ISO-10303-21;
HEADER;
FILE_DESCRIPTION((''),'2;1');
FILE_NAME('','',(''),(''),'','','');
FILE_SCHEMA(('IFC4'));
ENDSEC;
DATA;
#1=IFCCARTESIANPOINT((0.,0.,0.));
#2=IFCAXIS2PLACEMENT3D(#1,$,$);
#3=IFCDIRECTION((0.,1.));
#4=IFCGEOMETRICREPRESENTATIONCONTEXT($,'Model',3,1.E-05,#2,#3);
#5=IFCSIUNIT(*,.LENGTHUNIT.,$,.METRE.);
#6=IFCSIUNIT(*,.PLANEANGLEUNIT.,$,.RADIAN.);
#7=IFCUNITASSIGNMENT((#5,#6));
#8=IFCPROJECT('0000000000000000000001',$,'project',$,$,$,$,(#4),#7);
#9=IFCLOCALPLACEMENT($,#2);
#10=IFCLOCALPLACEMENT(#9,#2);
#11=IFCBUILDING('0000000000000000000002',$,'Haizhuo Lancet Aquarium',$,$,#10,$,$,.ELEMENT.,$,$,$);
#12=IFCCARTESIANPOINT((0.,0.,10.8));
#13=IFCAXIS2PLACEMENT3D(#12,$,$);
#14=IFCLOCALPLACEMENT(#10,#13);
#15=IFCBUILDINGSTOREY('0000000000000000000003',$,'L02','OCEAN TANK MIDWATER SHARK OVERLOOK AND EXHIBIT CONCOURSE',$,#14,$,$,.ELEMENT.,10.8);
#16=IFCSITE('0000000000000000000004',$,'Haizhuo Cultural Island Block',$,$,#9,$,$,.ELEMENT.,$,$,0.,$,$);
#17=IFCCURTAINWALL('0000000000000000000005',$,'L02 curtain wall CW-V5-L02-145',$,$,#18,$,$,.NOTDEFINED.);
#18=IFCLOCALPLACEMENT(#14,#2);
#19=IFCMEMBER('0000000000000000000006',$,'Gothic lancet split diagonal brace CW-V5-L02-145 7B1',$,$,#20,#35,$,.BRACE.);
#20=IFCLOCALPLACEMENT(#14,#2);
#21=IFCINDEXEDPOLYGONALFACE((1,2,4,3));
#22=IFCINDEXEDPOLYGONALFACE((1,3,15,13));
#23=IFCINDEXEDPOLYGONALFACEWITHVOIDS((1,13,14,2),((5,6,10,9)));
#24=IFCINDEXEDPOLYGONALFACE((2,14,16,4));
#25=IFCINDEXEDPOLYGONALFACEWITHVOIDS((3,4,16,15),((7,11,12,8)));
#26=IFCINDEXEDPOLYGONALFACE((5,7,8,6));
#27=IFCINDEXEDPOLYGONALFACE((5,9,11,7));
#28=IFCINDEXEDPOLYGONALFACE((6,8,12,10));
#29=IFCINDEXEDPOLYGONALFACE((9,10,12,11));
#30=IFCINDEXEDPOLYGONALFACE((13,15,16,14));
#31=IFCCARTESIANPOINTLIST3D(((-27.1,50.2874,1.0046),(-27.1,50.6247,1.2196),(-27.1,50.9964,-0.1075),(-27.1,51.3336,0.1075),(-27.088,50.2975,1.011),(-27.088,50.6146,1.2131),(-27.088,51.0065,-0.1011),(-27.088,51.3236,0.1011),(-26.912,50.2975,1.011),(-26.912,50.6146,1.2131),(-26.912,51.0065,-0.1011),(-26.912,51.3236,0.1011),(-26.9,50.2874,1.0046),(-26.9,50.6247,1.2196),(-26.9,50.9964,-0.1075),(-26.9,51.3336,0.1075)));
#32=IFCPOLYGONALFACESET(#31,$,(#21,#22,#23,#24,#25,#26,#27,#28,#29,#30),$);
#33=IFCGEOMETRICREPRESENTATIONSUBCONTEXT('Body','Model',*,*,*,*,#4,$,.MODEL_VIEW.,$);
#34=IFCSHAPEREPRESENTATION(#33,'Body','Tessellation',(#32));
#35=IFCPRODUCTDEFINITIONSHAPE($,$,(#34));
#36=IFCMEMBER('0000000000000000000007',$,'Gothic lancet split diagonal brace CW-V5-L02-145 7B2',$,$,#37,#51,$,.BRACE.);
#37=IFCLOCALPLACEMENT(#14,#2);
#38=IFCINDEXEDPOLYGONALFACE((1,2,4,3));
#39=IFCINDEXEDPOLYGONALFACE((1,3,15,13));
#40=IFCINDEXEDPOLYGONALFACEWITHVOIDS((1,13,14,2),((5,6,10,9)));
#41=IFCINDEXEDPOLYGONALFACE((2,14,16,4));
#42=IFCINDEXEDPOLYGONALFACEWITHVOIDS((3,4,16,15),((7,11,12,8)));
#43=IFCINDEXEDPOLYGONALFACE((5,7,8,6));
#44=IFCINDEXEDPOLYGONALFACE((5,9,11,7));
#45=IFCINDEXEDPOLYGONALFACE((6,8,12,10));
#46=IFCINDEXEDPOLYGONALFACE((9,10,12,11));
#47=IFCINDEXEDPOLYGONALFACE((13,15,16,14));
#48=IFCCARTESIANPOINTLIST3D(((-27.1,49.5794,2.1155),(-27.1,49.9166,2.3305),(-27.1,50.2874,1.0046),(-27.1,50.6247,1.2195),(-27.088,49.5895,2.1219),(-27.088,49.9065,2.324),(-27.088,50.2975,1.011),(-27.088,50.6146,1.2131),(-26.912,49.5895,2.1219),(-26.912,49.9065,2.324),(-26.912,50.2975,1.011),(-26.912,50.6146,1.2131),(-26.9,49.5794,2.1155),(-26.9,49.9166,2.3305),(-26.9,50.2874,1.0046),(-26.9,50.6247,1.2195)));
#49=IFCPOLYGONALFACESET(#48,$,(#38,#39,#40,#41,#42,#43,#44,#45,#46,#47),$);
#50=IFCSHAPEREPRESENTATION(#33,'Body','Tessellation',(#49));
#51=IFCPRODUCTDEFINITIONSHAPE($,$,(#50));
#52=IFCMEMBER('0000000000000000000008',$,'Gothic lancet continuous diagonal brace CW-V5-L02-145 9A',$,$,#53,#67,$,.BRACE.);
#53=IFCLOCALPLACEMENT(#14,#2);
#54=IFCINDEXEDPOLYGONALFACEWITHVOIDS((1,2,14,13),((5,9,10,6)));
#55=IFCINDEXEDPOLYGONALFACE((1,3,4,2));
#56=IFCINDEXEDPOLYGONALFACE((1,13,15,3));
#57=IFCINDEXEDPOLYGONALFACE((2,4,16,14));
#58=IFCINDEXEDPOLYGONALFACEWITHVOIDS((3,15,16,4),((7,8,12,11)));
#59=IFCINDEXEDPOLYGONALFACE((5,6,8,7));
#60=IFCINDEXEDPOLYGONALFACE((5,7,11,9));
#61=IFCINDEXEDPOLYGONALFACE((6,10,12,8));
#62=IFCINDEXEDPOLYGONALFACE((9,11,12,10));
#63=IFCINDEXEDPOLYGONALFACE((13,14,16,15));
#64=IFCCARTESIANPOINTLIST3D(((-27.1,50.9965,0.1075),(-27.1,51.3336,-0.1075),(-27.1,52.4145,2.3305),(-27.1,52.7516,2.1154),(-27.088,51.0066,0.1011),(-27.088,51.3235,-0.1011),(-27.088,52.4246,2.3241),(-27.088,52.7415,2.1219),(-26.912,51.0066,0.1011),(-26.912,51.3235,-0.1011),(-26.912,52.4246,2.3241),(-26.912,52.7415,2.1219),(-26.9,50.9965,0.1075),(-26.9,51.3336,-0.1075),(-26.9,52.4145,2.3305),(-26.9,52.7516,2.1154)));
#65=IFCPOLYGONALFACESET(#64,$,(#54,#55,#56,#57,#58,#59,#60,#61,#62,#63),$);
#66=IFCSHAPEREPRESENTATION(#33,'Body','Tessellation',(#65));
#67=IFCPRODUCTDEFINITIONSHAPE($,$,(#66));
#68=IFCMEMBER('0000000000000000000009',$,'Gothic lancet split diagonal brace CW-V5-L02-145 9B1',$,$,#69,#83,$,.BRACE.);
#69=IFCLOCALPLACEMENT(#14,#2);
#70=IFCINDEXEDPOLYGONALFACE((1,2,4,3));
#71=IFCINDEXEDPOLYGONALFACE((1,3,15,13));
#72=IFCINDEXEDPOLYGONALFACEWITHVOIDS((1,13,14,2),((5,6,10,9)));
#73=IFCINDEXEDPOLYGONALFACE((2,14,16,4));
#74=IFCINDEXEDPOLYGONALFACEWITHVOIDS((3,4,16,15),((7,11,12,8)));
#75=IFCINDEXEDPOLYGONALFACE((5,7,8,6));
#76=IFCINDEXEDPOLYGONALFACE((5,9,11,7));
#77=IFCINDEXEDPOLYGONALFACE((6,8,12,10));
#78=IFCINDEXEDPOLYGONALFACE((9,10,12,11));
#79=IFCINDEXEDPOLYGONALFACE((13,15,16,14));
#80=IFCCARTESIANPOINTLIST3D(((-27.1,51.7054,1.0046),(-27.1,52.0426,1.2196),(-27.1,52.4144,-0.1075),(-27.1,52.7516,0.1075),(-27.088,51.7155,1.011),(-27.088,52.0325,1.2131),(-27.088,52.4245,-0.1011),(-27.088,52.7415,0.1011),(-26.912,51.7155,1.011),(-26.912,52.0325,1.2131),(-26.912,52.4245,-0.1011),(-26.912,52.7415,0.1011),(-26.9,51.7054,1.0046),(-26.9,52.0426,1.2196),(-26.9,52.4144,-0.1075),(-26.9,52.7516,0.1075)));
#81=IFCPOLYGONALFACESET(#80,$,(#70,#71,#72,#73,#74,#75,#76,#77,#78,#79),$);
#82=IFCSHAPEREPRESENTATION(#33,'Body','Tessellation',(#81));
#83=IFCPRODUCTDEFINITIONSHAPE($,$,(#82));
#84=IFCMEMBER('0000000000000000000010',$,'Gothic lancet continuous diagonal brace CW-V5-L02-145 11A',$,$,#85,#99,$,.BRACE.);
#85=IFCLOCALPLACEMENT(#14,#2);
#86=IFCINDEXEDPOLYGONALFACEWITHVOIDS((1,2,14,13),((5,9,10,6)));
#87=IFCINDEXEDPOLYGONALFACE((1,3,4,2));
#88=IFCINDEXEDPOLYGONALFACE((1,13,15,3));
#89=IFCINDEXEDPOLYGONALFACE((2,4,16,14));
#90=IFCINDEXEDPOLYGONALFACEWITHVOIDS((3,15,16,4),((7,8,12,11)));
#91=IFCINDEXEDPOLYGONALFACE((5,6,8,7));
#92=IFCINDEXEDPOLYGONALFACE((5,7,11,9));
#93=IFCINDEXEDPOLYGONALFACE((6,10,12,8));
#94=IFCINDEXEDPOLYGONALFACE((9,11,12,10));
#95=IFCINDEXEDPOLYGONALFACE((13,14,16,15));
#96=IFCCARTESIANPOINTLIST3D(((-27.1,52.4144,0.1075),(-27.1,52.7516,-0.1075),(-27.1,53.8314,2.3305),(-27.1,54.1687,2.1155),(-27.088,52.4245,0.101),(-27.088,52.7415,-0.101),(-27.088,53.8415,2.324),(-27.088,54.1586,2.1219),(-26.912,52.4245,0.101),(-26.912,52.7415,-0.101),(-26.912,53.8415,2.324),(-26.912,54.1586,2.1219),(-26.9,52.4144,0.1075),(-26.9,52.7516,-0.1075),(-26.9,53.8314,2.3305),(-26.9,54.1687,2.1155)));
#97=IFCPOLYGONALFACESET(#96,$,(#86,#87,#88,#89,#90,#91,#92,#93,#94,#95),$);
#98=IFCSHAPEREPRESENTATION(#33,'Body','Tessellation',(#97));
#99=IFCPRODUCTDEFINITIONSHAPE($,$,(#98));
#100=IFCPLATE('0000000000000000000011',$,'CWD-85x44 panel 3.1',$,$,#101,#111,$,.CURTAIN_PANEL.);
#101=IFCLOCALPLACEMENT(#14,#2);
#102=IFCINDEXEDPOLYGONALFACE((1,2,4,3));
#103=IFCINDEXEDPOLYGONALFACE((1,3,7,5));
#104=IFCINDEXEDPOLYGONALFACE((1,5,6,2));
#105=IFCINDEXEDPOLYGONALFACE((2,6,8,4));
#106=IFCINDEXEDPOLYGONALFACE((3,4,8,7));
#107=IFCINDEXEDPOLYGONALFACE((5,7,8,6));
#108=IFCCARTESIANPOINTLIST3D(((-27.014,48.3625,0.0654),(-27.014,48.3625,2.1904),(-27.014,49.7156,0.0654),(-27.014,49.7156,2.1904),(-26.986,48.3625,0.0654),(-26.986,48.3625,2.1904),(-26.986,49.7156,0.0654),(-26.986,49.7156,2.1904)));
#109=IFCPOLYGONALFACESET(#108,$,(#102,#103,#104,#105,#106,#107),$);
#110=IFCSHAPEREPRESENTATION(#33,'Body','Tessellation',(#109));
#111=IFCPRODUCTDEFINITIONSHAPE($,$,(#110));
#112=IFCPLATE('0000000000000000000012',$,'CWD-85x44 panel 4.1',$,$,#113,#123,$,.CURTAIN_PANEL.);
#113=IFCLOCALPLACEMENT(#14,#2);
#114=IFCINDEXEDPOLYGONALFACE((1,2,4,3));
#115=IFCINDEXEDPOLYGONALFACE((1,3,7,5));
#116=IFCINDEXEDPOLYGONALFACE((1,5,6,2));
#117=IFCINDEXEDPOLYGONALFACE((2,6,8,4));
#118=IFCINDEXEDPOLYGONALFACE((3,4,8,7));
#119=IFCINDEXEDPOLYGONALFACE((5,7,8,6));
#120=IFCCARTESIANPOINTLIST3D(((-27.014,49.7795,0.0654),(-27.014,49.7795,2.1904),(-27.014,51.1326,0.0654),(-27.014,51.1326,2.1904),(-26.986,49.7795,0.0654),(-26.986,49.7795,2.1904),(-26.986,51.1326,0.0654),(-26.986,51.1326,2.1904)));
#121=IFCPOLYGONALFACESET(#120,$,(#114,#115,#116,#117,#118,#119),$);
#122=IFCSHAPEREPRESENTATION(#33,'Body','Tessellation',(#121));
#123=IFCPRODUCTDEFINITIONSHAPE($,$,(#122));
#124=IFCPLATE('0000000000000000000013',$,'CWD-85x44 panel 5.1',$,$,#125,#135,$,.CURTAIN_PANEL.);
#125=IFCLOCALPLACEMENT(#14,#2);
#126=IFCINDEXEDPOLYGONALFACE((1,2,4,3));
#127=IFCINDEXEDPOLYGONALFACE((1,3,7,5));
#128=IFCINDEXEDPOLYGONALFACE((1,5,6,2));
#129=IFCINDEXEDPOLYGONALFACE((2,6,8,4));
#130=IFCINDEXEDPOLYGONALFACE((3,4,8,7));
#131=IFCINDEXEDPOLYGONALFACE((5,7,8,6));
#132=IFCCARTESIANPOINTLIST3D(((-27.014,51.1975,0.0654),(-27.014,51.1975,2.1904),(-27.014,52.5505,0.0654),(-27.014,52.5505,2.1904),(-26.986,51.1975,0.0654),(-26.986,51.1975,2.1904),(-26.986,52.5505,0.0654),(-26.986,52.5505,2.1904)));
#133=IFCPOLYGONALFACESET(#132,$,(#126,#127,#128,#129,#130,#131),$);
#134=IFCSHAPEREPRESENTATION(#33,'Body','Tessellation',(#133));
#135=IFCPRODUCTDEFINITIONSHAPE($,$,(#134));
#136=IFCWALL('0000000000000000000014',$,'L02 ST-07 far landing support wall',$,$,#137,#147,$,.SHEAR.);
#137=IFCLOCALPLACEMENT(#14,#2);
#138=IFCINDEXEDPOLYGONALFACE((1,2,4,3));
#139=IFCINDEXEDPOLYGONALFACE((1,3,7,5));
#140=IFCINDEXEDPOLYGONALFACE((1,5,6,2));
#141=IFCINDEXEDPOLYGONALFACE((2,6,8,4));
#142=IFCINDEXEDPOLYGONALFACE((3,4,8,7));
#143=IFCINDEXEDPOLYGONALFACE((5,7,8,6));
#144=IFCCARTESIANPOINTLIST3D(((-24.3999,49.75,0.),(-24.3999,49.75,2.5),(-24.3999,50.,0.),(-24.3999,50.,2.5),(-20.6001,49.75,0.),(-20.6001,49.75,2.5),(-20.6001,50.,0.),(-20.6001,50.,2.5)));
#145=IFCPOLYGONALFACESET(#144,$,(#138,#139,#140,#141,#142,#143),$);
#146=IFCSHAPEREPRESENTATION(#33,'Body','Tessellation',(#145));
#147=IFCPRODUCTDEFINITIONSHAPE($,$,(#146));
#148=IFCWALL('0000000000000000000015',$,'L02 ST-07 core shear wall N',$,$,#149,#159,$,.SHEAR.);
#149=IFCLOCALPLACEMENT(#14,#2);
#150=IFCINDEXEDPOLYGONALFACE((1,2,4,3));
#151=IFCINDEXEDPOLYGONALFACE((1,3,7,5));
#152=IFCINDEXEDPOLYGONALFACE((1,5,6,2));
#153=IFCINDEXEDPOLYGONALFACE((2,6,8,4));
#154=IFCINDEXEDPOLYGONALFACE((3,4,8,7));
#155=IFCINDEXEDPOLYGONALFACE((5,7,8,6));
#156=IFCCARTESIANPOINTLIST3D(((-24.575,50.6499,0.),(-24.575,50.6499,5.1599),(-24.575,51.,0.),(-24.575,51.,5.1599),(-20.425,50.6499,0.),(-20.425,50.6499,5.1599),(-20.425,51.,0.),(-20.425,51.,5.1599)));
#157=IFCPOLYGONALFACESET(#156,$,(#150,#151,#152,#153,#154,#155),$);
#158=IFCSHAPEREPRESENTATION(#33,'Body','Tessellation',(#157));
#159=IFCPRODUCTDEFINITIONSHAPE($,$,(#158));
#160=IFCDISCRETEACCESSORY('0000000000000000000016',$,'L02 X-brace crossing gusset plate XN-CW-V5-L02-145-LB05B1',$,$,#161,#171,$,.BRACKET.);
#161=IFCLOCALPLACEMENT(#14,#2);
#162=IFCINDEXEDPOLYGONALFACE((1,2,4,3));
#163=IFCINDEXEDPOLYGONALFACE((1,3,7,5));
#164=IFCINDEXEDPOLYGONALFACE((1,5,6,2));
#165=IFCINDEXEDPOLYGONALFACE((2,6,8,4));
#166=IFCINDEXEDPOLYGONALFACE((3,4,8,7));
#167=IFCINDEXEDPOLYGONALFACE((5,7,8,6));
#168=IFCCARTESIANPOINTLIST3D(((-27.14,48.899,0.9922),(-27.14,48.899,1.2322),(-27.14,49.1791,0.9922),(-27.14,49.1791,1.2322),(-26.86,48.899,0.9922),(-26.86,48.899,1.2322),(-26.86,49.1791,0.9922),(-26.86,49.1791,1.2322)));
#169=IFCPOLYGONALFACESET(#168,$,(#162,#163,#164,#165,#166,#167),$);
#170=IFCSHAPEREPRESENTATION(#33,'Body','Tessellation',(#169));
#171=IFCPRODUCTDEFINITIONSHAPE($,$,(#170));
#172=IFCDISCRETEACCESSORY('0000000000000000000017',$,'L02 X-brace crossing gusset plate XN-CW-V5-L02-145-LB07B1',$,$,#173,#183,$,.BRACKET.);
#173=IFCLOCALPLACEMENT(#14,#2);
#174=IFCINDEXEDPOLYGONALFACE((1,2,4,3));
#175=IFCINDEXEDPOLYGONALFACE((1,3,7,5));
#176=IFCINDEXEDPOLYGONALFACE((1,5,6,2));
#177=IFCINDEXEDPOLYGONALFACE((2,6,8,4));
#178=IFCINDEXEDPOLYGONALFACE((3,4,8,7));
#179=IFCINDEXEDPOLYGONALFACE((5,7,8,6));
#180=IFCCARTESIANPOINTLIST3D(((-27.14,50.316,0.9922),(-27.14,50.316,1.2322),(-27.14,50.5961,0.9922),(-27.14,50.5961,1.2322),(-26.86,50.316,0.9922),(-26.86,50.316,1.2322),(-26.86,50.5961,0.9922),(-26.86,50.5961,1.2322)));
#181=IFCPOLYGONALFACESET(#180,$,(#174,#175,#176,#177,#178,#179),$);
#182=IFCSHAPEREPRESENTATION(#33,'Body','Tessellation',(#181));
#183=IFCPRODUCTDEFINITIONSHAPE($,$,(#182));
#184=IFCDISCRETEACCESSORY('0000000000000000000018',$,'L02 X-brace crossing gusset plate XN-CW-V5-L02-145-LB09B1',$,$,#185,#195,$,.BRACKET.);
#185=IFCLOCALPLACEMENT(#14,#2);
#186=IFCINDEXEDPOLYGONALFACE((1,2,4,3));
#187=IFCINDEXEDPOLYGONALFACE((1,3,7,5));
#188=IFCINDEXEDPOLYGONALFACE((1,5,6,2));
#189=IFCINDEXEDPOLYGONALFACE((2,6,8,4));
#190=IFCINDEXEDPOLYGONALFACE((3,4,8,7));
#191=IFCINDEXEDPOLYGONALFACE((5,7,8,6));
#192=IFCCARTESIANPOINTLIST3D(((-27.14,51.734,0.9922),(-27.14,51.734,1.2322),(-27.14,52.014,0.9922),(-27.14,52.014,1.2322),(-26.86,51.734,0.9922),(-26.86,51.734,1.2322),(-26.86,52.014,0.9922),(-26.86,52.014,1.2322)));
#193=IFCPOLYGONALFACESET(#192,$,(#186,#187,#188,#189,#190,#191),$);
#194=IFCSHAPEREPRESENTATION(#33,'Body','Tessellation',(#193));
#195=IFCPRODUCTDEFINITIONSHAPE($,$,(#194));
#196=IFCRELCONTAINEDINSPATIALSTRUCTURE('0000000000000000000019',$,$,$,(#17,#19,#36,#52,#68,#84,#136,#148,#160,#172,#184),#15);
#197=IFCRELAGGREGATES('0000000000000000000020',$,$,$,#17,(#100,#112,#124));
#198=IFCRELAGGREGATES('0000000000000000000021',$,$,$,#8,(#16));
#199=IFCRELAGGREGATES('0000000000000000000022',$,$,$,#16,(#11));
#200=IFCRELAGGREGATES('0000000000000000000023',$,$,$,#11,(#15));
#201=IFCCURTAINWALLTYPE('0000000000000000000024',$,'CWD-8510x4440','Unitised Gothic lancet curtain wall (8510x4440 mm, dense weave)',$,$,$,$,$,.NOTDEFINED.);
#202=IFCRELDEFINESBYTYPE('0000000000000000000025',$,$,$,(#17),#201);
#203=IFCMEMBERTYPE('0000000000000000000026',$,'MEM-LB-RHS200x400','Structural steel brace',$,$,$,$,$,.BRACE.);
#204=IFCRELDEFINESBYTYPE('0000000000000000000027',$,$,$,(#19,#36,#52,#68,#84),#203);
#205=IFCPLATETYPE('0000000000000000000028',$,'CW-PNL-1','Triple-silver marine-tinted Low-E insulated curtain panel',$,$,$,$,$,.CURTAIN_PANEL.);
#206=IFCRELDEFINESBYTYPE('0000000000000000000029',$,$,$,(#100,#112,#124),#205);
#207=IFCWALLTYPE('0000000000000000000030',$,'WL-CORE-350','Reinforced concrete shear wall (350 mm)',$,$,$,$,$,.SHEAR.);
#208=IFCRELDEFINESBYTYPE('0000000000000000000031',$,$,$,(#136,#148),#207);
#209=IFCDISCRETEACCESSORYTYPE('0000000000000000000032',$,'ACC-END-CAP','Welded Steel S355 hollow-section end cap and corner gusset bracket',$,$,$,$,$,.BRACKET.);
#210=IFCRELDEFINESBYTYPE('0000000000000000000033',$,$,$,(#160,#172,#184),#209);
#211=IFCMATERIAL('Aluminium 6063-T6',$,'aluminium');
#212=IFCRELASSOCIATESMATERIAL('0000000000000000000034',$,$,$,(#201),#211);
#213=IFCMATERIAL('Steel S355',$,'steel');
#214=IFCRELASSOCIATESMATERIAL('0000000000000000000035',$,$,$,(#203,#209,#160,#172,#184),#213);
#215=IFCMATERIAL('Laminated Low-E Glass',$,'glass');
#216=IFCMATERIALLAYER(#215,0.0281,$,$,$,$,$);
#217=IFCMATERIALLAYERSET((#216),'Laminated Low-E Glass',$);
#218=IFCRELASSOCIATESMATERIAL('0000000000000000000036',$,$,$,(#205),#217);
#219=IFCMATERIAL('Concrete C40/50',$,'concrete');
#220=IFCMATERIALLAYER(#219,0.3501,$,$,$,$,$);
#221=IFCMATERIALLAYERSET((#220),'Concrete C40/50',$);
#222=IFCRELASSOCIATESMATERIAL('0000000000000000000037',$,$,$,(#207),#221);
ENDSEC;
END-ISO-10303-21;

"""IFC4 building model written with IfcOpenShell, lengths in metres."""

from ifc_helpers import new_model, si_unit, direction, frame, frame_2d, origin, origin_2d, place, context, subcontext, project, spatial, rectangle, hollow_rectangle, extrude, material, layer, layer_set, material_profile, profile_set, type_object, element, aggregate, save


model = new_model("IFC4")

# Units and contexts
model_context = context("Model", 3, precision=1e-05, world=origin(), true_north=direction((0.0, 1.0)))
body_context = subcontext(model_context, "Body", "Model", "MODEL_VIEW")
ifc_project = project(units=[si_unit("LENGTHUNIT", "METRE"), si_unit("PLANEANGLEUNIT", "RADIAN")], contexts=[model_context])

# Site, building, storey
site_placement = place(None, origin())
site = spatial("IfcSite", under=ifc_project, at=site_placement, Name="Haizhuo Cultural Island Block", CompositionType="ELEMENT", RefElevation=0.0)
building_placement = place(site_placement, origin())
building = spatial("IfcBuilding", under=site, at=building_placement, Name="Haizhuo Lancet Aquarium", CompositionType="ELEMENT")
storey_placement = place(building_placement, frame((0.0, 0.0, 10.8)))
storey = spatial("IfcBuildingStorey", under=building, at=storey_placement, Name="L02", Description="OCEAN TANK MIDWATER SHARK OVERLOOK AND EXHIBIT CONCOURSE", CompositionType="ELEMENT", Elevation=10.8)

# Curtain wall
ifc_material_1 = material(Name="Aluminium 6063-T6", Category="aluminium")
curtain_wall_type = type_object("IfcCurtainWallType", Name="CWD-8510x4440", Description="Unitised Gothic lancet curtain wall (8510x4440 mm, dense weave)", PredefinedType="NOTDEFINED", material=ifc_material_1)
curtain_wall_placement = place(storey_placement, origin())
curtain_wall = element("IfcCurtainWall", 1, at=curtain_wall_placement, inside=storey, type_object=curtain_wall_type, Name="L02 curtain wall CW-V5-L02-145", PredefinedType="NOTDEFINED")

# Members
ifc_material_2 = material(Name="Steel S355", Category="steel")
ifc_material_profile_1 = material_profile(ifc_material_2, hollow_rectangle(XDim=0.2, YDim=0.3999, WallThickness=0.012, at=origin_2d()), Name="RHS 200x400x12")
ifc_profile_set_1 = profile_set([ifc_material_profile_1], Name="Steel S355")
member_type_1 = type_object("IfcMemberType", Name="MEM-LB-RHS200x400", Description="Structural steel brace", PredefinedType="BRACE", material=ifc_profile_set_1)
member_1_placement = place(storey_placement, frame((-27.0, 51.165, 0.0), z_axis=(0.0, -0.537582, 0.843211), x_axis=(1.0, 0.0, 0.0)))
element("IfcMember", 2, at=member_1_placement, inside=storey, type_object=member_type_1, Name="Gothic lancet split diagonal brace CW-V5-L02-145 7B1", PredefinedType="BRACE", context=body_context, shape_type="SweptSolid", body=[
    extrude(hollow_rectangle(XDim=0.2, YDim=0.3999, WallThickness=0.012, at=origin_2d()), origin(), (0.0, 0.0, 1.0), 1.3188),
])
member_2_placement = place(storey_placement, frame((-27.0, 50.4561, 1.1121), z_axis=(0.0, -0.537475, 0.84328), x_axis=(1.0, 0.0, 0.0)))
element("IfcMember", 3, at=member_2_placement, inside=storey, type_object=member_type_1, Name="Gothic lancet split diagonal brace CW-V5-L02-145 7B2", PredefinedType="BRACE", context=body_context, shape_type="SweptSolid", body=[
    extrude(hollow_rectangle(XDim=0.2, YDim=0.3999, WallThickness=0.012, at=origin_2d()), origin(), (0.0, 0.0, 1.0), 1.3174),
])
member_3_placement = place(storey_placement, frame((-27.0, 51.165, 0.0), z_axis=(0.0, 0.537792, 0.843078), x_axis=(-1.0, 0.0, 0.0)))
element("IfcMember", 4, at=member_3_placement, inside=storey, type_object=member_type_1, Name="Gothic lancet continuous diagonal brace CW-V5-L02-145 9A", PredefinedType="BRACE", context=body_context, shape_type="SweptSolid", body=[
    extrude(hollow_rectangle(XDim=0.2, YDim=0.3999, WallThickness=0.012, at=origin_2d()), origin(), (0.0, 0.0, 1.0), 2.6367),
])
member_4_placement = place(storey_placement, frame((-27.0, 52.583, 0.0), z_axis=(0.0, -0.537582, 0.843211), x_axis=(1.0, 0.0, 0.0)))
element("IfcMember", 5, at=member_4_placement, inside=storey, type_object=member_type_1, Name="Gothic lancet split diagonal brace CW-V5-L02-145 9B1", PredefinedType="BRACE", context=body_context, shape_type="SweptSolid", body=[
    extrude(hollow_rectangle(XDim=0.2, YDim=0.3999, WallThickness=0.012, at=origin_2d()), origin(), (0.0, 0.0, 1.0), 1.3188),
])
member_5_placement = place(storey_placement, frame((-27.0, 52.583, 0.0), z_axis=(0.0, 0.537529, 0.843246), x_axis=(-1.0, 0.0, 0.0)))
element("IfcMember", 6, at=member_5_placement, inside=storey, type_object=member_type_1, Name="Gothic lancet continuous diagonal brace CW-V5-L02-145 11A", PredefinedType="BRACE", context=body_context, shape_type="SweptSolid", body=[
    extrude(hollow_rectangle(XDim=0.2, YDim=0.3999, WallThickness=0.012, at=origin_2d()), origin(), (0.0, 0.0, 1.0), 2.6362),
])

# Plates
ifc_material_3 = material(Name="Laminated Low-E Glass", Category="glass")
ifc_layer_1 = layer(ifc_material_3, 0.0281)
ifc_layer_set_1 = layer_set([ifc_layer_1], Name="Laminated Low-E Glass")
plate_type = type_object("IfcPlateType", Name="CW-PNL-1", Description="Triple-silver marine-tinted Low-E insulated curtain panel", PredefinedType="CURTAIN_PANEL", material=ifc_layer_set_1)
plate_1_placement = place(storey_placement, frame((-27.0, 49.0391, 0.0654), z_axis=(0.0, 0.0, 1.0), x_axis=(0.0, 1.0, 0.0)))
plate_1 = element("IfcPlate", 7, at=plate_1_placement, type_object=plate_type, Name="CWD-85x44 panel 3.1", PredefinedType="CURTAIN_PANEL", context=body_context, shape_type="SweptSolid", body=[
    extrude(rectangle(XDim=1.353, YDim=0.0281, at=origin_2d()), origin(), (0.0, 0.0, 1.0), 2.125),
])
plate_2_placement = place(storey_placement, frame((-27.0, 50.4561, 0.0654), z_axis=(0.0, 0.0, 1.0), x_axis=(0.0, 1.0, 0.0)))
plate_2 = element("IfcPlate", 8, at=plate_2_placement, type_object=plate_type, Name="CWD-85x44 panel 4.1", PredefinedType="CURTAIN_PANEL", context=body_context, shape_type="SweptSolid", body=[
    extrude(rectangle(XDim=1.353, YDim=0.0281, at=origin_2d()), origin(), (0.0, 0.0, 1.0), 2.125),
])
plate_3_placement = place(storey_placement, frame((-27.0, 51.874, 0.0654), z_axis=(0.0, 0.0, 1.0), x_axis=(0.0, 1.0, 0.0)))
plate_3 = element("IfcPlate", 9, at=plate_3_placement, type_object=plate_type, Name="CWD-85x44 panel 5.1", PredefinedType="CURTAIN_PANEL", context=body_context, shape_type="SweptSolid", body=[
    extrude(rectangle(XDim=1.353, YDim=0.0281, at=origin_2d()), origin(), (0.0, 0.0, 1.0), 2.125),
])
aggregate(curtain_wall, [plate_1, plate_2, plate_3])

# Walls
ifc_material_4 = material(Name="Concrete C40/50", Category="concrete")
ifc_layer_2 = layer(ifc_material_4, 0.3501)
ifc_layer_set_2 = layer_set([ifc_layer_2], Name="Concrete C40/50")
wall_type = type_object("IfcWallType", Name="WL-CORE-350", Description="Reinforced concrete shear wall (350 mm)", PredefinedType="SHEAR", material=ifc_layer_set_2)
wall_1_placement = place(storey_placement, frame((-24.3999, 49.875, 0.0), z_axis=(0.0, 0.0, 1.0), x_axis=(1.0, 0.0, 0.0)))
element("IfcWall", 10, at=wall_1_placement, inside=storey, type_object=wall_type, Name="L02 ST-07 far landing support wall", PredefinedType="SHEAR", context=body_context, shape_type="SweptSolid", body=[
    extrude(rectangle(XDim=3.7998, YDim=0.25, at=frame_2d((1.8999, 0.0))), origin(), (0.0, 0.0, 1.0), 2.5),
])
wall_2_placement = place(storey_placement, frame((-24.575, 50.825, 0.0), z_axis=(0.0, 0.0, 1.0), x_axis=(1.0, 0.0, 0.0)))
element("IfcWall", 11, at=wall_2_placement, inside=storey, type_object=wall_type, Name="L02 ST-07 core shear wall N", PredefinedType="SHEAR", context=body_context, shape_type="SweptSolid", body=[
    extrude(rectangle(XDim=4.1499, YDim=0.3501, at=frame_2d((2.075, 0.0))), origin(), (0.0, 0.0, 1.0), 5.1599),
])

# Discrete accessories
discrete_accessory_type = type_object("IfcDiscreteAccessoryType", Name="ACC-END-CAP", Description="Welded Steel S355 hollow-section end cap and corner gusset bracket", PredefinedType="BRACKET", material=ifc_material_2)
for number, where, z_axis, x_axis, name in (
    (12, (-27.0, 49.0391, 0.9922), (0.0, 0.0, 1.0), (1.0, 0.0, 0.0), "L02 X-brace crossing gusset plate XN-CW-V5-L02-145-LB05B1"),
    (13, (-27.0, 50.4561, 0.9922), (0.0, 0.0, 1.0), (1.0, 0.0, 0.0), "L02 X-brace crossing gusset plate XN-CW-V5-L02-145-LB07B1"),
    (14, (-27.0, 51.874, 0.9922), (0.0, 0.0, 1.0), (1.0, 0.0, 0.0), "L02 X-brace crossing gusset plate XN-CW-V5-L02-145-LB09B1"),
):
    element("IfcDiscreteAccessory", number, at=place(storey_placement, frame(where, z_axis=z_axis, x_axis=x_axis)), inside=storey, type_object=discrete_accessory_type, material=ifc_material_2, Name=name, PredefinedType="BRACKET", context=body_context, shape_type="SweptSolid", body=[
        extrude(rectangle(XDim=0.28, YDim=0.28, at=origin_2d()), origin(), (0.0, 0.0, 1.0), 0.24),
    ])

save(model, "model.ifc")
